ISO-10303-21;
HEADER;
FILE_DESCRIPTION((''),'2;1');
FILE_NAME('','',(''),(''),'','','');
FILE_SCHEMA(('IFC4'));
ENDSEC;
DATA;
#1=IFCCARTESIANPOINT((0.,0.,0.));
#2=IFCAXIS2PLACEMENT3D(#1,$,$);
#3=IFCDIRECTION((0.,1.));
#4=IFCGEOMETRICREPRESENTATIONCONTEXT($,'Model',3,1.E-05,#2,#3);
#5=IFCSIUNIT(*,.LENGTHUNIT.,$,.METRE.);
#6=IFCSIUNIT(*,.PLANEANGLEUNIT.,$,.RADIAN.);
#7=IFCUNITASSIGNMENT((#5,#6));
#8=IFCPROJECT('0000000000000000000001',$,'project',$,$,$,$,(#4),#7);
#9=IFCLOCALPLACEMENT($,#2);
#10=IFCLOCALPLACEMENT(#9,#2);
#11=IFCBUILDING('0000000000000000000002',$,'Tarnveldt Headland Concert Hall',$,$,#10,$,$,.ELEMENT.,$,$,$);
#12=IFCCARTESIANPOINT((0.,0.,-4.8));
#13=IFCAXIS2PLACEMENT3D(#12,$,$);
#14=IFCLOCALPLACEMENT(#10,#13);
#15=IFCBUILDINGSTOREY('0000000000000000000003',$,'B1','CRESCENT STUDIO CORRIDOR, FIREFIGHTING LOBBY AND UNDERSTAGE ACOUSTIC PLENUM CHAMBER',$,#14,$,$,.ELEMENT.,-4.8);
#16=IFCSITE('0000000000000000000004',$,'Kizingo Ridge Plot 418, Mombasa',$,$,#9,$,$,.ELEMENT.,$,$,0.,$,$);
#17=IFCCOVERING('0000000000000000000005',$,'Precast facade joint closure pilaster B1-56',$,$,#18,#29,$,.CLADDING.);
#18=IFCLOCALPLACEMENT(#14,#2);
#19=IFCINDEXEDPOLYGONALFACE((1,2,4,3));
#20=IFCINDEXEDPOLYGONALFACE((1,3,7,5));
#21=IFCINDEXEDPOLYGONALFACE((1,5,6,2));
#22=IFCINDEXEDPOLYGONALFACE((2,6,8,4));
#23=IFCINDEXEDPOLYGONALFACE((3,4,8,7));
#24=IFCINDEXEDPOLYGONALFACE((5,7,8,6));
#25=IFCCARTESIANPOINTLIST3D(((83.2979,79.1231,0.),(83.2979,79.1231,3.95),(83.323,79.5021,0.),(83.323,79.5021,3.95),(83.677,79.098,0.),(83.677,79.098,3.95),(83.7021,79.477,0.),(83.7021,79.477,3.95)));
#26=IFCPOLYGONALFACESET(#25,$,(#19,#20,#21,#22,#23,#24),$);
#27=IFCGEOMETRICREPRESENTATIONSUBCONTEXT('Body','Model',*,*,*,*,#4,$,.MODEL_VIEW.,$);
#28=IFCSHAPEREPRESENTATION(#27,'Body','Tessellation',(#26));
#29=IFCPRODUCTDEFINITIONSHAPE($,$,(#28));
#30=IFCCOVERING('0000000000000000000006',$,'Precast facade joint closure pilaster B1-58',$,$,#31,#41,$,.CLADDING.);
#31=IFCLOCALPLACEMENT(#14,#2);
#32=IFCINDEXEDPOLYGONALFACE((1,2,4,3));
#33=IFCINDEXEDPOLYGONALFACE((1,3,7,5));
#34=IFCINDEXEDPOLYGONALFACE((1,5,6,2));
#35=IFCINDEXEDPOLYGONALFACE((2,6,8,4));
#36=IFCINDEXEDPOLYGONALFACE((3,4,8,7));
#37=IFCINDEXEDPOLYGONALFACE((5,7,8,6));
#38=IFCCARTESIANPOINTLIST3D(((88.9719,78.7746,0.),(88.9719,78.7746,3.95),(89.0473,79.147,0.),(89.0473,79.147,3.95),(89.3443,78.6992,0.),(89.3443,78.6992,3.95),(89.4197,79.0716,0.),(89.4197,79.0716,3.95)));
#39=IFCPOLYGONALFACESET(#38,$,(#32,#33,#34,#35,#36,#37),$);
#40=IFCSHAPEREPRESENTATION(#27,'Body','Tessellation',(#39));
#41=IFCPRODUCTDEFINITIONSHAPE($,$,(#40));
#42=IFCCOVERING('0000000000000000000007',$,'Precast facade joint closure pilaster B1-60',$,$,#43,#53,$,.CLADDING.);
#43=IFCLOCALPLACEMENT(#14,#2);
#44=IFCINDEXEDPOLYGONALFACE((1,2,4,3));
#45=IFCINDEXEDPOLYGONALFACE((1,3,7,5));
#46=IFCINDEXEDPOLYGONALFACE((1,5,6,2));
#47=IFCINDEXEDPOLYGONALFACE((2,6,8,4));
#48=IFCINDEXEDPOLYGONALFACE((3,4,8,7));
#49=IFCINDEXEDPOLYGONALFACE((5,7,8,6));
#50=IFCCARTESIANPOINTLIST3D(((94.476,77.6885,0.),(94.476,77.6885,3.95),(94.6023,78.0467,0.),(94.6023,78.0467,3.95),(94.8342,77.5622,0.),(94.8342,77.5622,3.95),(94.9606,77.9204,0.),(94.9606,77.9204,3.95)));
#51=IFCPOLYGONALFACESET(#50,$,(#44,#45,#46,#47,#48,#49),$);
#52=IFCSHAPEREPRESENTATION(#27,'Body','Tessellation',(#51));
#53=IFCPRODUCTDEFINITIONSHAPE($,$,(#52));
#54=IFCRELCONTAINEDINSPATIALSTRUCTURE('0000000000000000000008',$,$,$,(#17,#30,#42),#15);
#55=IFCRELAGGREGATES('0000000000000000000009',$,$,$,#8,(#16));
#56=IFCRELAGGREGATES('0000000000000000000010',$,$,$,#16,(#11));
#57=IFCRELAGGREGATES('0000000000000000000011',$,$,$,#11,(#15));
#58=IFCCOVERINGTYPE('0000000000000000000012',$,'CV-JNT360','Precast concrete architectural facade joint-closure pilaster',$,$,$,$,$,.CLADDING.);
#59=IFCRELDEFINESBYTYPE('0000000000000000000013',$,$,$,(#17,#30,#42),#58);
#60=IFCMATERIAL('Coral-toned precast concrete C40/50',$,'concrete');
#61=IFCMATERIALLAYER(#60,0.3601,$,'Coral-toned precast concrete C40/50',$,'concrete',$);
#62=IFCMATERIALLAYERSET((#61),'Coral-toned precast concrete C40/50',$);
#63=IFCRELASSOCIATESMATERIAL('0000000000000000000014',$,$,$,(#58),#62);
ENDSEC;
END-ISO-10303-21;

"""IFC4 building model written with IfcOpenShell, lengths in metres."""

from ifc_helpers import new_model, si_unit, direction, frame, origin, origin_2d, place, context, subcontext, project, spatial, rectangle, extrude, material, layer, layer_set, type_object, element, save


model = new_model("IFC4")

# Units and contexts
model_context = context("Model", 3, precision=1e-05, world=origin(), true_north=direction((0.0, 1.0)))
body_context = subcontext(model_context, "Body", "Model", "MODEL_VIEW")
ifc_project = project(units=[si_unit("LENGTHUNIT", "METRE"), si_unit("PLANEANGLEUNIT", "RADIAN")], contexts=[model_context])

# Site, building, storey
site_placement = place(None, origin())
site = spatial("IfcSite", under=ifc_project, at=site_placement, Name="Kizingo Ridge Plot 418, Mombasa", CompositionType="ELEMENT", RefElevation=0.0)
building_placement = place(site_placement, origin())
building = spatial("IfcBuilding", under=site, at=building_placement, Name="Tarnveldt Headland Concert Hall", CompositionType="ELEMENT")
storey_placement = place(building_placement, frame((0.0, 0.0, -4.8)))
storey = spatial("IfcBuildingStorey", under=building, at=storey_placement, Name="B1", Description="CRESCENT STUDIO CORRIDOR, FIREFIGHTING LOBBY AND UNDERSTAGE ACOUSTIC PLENUM CHAMBER", CompositionType="ELEMENT", Elevation=-4.8)

# Shared definitions
ifc_material_1 = material(Name="Coral-toned precast concrete C40/50", Category="concrete")

# Coverings
ifc_layer_1 = layer(ifc_material_1, 0.3601, Name="Coral-toned precast concrete C40/50", Category="concrete")
ifc_layer_set_1 = layer_set([ifc_layer_1], Name="Coral-toned precast concrete C40/50")
covering_type = type_object("IfcCoveringType", Name="CV-JNT360", Description="Precast concrete architectural facade joint-closure pilaster", PredefinedType="CLADDING", material=ifc_layer_set_1)
for number, where, z_axis, x_axis, name in (
    (1, (83.5, 79.3, 0.0), (0.0, 0.0, 1.0), (0.997813, -0.0661, 0.0), "Precast facade joint closure pilaster B1-56"),
    (2, (89.1958, 78.9231, 0.0), (0.0, 0.0, 1.0), (0.980098, -0.198513, 0.0), "Precast facade joint closure pilaster B1-58"),
    (3, (94.7183, 77.8044, 0.0), (0.0, 0.0, 1.0), (0.943107, -0.33249, 0.0), "Precast facade joint closure pilaster B1-60"),
):
    element("IfcCovering", number, at=place(storey_placement, frame(where, z_axis=z_axis, x_axis=x_axis)), inside=storey, type_object=covering_type, Name=name, PredefinedType="CLADDING", context=body_context, shape_type="SweptSolid", body=[
        extrude(rectangle(XDim=0.3799, YDim=0.3799, at=origin_2d()), origin(), (0.0, 0.0, 1.0), 3.95),
    ])

save(model, "model.ifc")
